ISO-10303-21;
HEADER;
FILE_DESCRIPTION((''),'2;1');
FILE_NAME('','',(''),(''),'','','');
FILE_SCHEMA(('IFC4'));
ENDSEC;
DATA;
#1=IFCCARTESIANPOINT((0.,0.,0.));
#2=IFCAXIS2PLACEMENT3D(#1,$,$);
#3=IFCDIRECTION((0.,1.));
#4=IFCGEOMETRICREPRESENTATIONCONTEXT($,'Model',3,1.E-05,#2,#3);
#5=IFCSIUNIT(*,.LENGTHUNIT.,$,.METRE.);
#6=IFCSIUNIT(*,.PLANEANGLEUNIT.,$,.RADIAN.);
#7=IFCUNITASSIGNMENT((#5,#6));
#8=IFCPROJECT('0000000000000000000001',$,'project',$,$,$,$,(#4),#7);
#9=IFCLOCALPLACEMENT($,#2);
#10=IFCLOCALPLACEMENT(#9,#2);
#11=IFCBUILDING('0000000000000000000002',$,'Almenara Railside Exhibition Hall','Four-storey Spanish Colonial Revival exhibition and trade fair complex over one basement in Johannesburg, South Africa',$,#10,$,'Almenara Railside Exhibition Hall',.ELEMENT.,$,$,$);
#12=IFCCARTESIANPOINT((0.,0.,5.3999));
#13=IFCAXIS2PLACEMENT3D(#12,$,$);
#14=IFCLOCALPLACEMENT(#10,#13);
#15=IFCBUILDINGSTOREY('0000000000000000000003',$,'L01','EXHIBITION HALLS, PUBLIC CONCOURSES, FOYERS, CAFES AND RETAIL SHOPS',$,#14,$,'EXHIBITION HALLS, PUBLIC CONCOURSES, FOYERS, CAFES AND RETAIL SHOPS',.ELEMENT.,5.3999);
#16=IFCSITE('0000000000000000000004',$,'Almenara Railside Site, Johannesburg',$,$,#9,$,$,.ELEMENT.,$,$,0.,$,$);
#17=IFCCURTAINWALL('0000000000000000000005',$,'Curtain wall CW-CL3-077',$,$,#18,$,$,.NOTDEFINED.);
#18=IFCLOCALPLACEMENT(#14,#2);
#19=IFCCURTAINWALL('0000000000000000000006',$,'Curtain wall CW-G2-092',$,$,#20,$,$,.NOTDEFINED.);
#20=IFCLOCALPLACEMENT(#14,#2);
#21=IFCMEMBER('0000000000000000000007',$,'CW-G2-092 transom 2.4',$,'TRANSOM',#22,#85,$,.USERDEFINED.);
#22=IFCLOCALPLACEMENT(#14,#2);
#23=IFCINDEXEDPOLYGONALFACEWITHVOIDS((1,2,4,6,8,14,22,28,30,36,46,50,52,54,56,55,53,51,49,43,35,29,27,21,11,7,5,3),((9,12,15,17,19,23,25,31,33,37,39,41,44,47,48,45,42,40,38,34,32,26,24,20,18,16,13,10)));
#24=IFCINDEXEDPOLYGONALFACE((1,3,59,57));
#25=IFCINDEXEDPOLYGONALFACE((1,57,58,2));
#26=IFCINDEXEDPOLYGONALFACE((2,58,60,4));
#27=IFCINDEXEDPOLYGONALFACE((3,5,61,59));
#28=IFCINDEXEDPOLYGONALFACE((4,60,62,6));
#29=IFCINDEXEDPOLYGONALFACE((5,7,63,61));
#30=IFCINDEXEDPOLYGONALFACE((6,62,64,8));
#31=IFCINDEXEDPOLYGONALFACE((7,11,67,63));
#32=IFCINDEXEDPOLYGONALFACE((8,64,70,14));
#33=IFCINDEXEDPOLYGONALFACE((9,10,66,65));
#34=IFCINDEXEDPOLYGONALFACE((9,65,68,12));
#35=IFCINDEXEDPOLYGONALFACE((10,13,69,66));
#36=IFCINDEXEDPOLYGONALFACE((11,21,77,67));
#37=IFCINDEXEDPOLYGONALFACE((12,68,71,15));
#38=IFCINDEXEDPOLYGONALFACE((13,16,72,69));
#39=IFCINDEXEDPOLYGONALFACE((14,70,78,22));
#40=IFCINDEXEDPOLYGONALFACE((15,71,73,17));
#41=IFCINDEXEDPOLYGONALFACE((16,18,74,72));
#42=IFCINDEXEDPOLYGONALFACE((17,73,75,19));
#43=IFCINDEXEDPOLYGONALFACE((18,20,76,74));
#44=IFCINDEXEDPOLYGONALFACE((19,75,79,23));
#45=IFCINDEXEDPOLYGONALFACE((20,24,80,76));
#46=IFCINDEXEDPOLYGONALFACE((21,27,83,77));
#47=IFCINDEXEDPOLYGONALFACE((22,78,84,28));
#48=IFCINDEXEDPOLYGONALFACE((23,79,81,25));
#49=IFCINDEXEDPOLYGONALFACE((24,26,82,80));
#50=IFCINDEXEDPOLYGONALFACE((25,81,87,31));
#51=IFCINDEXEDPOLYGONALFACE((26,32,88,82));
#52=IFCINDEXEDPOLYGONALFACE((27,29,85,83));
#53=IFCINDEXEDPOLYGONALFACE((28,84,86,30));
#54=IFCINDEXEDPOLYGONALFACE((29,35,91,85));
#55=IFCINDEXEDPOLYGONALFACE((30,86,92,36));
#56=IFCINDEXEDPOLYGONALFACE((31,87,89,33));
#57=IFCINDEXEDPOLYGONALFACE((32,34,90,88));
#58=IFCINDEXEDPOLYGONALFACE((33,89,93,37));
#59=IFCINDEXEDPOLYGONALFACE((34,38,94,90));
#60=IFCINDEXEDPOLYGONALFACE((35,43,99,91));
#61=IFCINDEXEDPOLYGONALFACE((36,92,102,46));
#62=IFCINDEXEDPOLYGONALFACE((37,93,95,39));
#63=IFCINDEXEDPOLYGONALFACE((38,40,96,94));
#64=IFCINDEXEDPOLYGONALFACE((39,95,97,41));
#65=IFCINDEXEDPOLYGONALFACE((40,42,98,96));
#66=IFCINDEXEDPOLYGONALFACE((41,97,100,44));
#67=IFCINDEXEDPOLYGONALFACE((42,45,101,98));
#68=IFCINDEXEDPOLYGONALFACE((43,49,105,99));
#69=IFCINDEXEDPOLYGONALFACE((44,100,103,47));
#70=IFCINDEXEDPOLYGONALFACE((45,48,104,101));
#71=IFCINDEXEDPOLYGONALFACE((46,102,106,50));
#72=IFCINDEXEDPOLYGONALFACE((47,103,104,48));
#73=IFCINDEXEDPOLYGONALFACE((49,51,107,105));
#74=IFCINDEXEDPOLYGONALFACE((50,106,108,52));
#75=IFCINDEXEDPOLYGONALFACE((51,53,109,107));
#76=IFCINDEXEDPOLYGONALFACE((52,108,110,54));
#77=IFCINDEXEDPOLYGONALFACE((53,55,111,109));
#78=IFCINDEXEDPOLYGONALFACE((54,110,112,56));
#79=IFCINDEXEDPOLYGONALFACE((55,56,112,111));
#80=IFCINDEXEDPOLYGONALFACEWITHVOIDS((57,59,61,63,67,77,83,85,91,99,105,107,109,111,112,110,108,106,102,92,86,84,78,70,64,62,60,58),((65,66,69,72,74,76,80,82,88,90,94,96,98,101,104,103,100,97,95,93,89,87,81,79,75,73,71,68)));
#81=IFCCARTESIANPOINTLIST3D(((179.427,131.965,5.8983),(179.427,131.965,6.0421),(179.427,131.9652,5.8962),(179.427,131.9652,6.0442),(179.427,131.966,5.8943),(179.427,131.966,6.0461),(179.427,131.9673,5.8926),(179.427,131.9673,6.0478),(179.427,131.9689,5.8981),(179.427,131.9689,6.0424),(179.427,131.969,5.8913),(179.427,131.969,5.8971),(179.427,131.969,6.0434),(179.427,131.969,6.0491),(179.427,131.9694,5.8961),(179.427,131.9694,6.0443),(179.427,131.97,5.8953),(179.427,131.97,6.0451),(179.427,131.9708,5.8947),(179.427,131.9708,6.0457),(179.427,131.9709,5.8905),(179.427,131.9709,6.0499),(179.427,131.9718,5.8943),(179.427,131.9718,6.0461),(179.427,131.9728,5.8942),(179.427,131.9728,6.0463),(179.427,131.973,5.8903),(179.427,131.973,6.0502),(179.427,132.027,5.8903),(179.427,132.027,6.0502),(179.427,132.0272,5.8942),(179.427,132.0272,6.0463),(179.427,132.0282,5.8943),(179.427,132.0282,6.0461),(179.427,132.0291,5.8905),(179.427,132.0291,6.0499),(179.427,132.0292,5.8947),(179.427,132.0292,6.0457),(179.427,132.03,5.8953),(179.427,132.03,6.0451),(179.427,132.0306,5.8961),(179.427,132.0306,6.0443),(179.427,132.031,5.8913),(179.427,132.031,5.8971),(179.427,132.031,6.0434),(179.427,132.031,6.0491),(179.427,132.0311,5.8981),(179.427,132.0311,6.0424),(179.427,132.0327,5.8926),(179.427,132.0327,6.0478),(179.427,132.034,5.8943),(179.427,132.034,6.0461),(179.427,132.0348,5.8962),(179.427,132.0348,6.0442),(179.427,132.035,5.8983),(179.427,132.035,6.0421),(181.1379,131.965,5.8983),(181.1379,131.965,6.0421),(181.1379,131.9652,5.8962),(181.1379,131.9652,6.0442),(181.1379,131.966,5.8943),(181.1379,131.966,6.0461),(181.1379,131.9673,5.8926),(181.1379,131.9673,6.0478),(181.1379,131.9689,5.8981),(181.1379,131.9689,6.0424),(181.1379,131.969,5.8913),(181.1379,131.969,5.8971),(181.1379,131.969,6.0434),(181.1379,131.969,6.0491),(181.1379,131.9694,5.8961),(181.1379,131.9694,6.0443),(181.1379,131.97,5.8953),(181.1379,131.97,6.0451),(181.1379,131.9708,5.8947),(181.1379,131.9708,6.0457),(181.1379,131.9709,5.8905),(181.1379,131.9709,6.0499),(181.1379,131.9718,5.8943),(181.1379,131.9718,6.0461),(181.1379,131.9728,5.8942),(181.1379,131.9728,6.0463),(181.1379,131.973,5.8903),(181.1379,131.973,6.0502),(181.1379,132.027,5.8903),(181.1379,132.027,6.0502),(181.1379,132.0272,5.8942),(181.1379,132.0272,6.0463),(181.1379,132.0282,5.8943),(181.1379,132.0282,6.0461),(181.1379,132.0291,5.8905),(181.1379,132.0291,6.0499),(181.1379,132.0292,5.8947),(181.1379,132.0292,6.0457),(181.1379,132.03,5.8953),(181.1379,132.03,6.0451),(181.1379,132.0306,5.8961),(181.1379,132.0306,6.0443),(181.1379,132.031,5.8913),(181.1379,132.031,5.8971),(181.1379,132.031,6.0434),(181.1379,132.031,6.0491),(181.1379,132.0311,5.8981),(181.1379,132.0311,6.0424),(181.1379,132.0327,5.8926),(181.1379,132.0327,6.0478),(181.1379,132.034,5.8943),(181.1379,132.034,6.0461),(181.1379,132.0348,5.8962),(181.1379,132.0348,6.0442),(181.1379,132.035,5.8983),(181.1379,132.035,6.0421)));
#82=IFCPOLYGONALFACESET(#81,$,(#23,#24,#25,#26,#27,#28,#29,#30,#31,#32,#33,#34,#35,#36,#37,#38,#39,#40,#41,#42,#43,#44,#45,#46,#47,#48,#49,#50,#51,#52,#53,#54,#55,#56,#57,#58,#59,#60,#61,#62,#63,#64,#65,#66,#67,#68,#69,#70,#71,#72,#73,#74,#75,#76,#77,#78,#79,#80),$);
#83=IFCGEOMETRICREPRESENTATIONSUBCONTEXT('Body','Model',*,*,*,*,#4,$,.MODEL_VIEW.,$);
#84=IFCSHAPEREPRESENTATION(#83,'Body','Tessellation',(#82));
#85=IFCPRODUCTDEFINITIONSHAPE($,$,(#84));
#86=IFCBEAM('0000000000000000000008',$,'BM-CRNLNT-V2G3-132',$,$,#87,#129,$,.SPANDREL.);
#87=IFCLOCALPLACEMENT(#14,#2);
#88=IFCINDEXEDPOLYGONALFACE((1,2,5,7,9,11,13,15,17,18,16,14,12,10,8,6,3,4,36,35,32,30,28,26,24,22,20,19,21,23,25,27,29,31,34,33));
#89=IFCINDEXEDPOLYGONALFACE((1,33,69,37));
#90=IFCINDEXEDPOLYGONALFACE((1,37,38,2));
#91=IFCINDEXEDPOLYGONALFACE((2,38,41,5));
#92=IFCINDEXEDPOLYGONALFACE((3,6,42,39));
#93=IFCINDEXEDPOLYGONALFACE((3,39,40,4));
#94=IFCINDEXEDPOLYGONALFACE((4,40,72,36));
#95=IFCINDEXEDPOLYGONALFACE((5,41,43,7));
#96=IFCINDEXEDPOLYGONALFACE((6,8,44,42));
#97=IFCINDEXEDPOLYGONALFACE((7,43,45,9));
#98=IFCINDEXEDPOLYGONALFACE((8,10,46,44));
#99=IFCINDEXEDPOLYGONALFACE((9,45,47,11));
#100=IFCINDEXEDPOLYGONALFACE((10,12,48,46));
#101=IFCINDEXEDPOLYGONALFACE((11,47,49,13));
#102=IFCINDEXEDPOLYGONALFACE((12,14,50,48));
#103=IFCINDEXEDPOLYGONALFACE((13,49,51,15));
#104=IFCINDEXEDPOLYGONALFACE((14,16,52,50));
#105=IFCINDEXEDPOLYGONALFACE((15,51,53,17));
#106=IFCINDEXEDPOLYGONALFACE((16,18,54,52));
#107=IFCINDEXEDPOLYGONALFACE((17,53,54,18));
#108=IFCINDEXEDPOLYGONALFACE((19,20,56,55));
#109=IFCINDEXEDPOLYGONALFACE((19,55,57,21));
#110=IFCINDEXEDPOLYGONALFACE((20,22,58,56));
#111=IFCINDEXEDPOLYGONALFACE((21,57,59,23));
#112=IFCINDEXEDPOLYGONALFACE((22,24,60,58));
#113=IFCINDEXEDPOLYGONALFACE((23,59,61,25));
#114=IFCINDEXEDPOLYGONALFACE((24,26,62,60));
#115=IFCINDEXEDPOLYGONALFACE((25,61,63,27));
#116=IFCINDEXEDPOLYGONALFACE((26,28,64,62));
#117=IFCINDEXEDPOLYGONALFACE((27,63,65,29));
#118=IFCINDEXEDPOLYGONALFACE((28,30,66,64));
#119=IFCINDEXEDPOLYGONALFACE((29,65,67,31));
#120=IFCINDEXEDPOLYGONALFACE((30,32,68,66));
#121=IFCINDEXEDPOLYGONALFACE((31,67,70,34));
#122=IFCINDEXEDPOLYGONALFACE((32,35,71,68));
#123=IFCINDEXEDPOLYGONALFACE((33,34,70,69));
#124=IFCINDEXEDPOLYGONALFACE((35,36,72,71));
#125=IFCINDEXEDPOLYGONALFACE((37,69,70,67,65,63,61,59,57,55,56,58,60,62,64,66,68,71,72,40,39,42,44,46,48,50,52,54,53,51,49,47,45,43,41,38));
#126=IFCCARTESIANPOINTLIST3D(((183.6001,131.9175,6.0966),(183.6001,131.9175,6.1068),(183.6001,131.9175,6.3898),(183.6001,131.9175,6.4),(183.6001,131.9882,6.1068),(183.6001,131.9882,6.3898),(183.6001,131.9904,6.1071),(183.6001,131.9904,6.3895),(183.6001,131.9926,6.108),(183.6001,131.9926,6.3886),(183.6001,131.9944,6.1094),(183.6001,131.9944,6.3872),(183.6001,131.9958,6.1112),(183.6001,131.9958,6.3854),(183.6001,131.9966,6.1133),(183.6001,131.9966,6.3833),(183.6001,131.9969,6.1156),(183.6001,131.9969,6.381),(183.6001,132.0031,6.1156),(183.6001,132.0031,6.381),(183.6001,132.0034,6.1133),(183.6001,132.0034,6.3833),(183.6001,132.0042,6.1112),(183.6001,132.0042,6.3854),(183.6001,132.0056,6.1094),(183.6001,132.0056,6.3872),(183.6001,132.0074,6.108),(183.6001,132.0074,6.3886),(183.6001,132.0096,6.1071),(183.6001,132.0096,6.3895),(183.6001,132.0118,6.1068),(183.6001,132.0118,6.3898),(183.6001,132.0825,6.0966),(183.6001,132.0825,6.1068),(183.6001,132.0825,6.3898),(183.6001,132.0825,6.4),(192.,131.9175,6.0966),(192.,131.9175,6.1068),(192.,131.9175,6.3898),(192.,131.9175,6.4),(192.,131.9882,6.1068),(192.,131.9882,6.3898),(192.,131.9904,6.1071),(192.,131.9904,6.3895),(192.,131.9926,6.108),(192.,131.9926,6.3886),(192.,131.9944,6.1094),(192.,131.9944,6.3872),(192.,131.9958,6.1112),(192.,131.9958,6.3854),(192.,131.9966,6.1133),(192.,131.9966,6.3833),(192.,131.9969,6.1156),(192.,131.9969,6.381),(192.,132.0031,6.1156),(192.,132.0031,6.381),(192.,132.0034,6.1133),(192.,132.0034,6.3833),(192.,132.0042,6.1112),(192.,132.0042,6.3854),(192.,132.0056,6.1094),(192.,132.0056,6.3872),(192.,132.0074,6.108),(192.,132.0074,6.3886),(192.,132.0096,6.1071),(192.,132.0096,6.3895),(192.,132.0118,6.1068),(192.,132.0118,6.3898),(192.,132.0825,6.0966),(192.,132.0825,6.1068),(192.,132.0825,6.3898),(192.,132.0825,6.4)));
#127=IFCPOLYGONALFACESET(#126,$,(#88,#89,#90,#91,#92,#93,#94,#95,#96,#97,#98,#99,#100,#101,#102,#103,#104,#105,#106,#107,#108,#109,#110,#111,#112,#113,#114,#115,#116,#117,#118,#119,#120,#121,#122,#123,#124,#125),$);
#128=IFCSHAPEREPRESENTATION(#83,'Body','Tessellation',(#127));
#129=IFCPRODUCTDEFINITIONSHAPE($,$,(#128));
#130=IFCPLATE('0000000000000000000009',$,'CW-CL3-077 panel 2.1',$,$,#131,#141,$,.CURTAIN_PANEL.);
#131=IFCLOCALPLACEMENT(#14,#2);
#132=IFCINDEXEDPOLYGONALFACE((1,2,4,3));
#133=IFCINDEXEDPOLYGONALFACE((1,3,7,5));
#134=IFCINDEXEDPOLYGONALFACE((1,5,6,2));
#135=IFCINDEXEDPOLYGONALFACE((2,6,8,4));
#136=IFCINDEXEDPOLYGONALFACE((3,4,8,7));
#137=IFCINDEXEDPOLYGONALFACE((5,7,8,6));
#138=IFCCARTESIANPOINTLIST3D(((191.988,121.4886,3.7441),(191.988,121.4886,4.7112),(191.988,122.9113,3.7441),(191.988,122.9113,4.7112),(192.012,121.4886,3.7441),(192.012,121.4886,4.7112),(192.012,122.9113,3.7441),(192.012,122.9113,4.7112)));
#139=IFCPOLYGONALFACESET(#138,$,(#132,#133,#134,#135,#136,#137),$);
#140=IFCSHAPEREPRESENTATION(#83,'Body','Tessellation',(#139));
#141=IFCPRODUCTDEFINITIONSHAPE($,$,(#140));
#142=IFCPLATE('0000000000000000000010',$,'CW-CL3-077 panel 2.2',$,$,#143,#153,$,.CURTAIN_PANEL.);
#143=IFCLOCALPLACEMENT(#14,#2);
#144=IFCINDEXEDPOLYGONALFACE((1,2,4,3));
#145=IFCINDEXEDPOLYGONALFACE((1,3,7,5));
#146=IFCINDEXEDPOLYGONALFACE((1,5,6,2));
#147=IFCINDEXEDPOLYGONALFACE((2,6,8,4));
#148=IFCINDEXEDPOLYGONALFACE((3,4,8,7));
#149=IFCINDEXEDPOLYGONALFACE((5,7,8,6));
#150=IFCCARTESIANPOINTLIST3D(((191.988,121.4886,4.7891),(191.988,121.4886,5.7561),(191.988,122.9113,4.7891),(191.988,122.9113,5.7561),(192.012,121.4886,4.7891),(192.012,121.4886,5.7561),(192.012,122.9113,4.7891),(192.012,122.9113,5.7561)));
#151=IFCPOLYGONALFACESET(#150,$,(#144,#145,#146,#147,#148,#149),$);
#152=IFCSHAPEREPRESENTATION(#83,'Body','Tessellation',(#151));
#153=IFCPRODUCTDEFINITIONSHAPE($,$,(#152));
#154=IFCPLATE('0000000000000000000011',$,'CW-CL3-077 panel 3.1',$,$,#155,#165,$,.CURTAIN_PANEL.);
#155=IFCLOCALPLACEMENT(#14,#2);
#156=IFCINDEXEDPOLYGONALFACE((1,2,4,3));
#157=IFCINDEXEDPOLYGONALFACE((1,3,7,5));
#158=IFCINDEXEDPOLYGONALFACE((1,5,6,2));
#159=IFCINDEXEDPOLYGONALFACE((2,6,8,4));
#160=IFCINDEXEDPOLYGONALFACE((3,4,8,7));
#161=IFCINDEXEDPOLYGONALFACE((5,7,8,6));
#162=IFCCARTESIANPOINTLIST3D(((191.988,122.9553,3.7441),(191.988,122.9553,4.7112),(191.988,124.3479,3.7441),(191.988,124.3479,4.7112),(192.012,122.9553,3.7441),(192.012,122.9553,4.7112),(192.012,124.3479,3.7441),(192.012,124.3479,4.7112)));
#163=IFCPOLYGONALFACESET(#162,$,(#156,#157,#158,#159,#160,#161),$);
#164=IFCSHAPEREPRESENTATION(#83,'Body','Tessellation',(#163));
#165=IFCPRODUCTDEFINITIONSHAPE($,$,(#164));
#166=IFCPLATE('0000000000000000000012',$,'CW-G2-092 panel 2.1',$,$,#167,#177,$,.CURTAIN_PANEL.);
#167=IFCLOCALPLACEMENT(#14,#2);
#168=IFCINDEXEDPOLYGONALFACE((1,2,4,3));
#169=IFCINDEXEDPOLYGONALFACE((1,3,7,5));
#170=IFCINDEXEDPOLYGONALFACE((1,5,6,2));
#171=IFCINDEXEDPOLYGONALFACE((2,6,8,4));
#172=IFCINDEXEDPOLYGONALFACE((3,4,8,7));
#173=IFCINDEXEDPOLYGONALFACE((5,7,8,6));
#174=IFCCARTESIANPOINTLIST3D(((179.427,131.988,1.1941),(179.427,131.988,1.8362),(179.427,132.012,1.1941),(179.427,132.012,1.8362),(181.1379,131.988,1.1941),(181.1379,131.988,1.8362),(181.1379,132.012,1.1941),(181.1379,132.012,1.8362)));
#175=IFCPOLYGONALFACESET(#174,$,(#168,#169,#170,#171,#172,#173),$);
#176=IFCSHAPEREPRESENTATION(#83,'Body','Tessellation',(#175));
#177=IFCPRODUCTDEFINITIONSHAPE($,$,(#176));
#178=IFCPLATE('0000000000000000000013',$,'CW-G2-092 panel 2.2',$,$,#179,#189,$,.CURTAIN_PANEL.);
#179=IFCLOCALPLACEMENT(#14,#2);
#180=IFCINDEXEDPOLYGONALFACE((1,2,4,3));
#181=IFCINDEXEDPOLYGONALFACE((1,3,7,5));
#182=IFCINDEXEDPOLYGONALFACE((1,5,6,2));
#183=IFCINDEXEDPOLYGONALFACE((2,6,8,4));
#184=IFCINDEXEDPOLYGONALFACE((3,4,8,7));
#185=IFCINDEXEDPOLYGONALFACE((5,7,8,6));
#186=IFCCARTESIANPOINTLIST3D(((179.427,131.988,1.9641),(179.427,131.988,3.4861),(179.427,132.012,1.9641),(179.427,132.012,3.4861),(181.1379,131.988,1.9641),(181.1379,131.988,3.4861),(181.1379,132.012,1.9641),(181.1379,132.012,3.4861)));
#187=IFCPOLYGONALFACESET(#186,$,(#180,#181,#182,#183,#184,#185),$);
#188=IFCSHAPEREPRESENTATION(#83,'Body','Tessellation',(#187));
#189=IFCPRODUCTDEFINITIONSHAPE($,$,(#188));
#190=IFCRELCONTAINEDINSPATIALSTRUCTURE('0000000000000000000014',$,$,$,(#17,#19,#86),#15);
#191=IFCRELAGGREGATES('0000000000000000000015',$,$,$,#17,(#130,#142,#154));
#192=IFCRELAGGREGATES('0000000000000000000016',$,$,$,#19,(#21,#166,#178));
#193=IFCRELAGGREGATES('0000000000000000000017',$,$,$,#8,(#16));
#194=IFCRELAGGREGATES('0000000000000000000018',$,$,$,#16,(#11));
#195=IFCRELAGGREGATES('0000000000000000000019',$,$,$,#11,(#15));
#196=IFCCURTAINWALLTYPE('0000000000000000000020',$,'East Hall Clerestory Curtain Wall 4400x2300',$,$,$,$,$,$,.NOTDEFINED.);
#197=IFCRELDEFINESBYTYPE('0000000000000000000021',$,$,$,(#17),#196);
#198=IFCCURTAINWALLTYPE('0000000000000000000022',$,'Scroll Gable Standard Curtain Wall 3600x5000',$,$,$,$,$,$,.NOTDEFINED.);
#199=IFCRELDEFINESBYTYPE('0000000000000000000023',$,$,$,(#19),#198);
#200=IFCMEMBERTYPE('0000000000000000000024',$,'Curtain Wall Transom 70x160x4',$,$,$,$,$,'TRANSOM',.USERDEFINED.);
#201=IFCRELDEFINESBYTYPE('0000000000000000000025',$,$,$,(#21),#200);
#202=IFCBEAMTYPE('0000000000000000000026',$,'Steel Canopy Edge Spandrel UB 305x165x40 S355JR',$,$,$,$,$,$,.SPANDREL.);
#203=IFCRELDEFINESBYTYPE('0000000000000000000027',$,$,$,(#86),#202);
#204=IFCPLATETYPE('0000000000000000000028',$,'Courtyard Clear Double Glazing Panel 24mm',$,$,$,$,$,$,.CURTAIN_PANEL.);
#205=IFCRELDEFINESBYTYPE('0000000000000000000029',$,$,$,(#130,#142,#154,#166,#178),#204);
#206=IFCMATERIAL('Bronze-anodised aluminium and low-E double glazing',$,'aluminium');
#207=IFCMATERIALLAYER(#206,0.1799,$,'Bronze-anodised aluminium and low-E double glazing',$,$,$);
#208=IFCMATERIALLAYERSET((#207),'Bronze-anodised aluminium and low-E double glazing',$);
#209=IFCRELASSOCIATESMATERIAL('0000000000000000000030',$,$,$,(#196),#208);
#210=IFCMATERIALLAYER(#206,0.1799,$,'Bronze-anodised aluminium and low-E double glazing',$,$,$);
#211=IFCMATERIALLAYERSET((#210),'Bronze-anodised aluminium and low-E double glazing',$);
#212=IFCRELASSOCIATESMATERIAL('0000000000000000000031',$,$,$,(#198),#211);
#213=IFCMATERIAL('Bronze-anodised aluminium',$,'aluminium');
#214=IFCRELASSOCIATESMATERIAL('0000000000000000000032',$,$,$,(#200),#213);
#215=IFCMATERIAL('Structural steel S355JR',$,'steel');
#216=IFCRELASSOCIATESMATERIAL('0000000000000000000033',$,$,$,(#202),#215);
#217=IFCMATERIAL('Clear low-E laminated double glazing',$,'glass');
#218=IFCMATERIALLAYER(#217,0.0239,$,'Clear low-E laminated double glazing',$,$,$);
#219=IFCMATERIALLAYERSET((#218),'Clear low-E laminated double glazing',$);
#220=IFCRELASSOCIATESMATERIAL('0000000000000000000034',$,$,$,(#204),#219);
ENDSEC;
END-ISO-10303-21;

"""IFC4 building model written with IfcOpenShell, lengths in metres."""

from ifc_helpers import new_model, si_unit, direction, frame, origin, origin_2d, place, context, subcontext, project, spatial, rectangle, hollow_rectangle, i_section, extrude, material, layer, layer_set, material_profile, profile_set, type_object, element, aggregate, save


model = new_model("IFC4")

# Units and contexts
model_context = context("Model", 3, precision=1e-05, world=origin(), true_north=direction((0.0, 1.0)))
body_context = subcontext(model_context, "Body", "Model", "MODEL_VIEW")
ifc_project = project(units=[si_unit("LENGTHUNIT", "METRE"), si_unit("PLANEANGLEUNIT", "RADIAN")], contexts=[model_context])

# Site, building, storey
site_placement = place(None, origin())
site = spatial("IfcSite", under=ifc_project, at=site_placement, Name="Almenara Railside Site, Johannesburg", CompositionType="ELEMENT", RefElevation=0.0)
building_placement = place(site_placement, origin())
building = spatial("IfcBuilding", under=site, at=building_placement, Name="Almenara Railside Exhibition Hall", Description="Four-storey Spanish Colonial Revival exhibition and trade fair complex over one basement in Johannesburg, South Africa", LongName="Almenara Railside Exhibition Hall", CompositionType="ELEMENT")
storey_placement = place(building_placement, frame((0.0, 0.0, 5.3999)))
storey = spatial("IfcBuildingStorey", under=building, at=storey_placement, Name="L01", Description="EXHIBITION HALLS, PUBLIC CONCOURSES, FOYERS, CAFES AND RETAIL SHOPS", LongName="EXHIBITION HALLS, PUBLIC CONCOURSES, FOYERS, CAFES AND RETAIL SHOPS", CompositionType="ELEMENT", Elevation=5.3999)

# Shared definitions
ifc_material_1 = material(Name="Structural steel S355JR", Category="steel")

# Curtain wall
ifc_material_2 = material(Name="Bronze-anodised aluminium and low-E double glazing", Category="aluminium")
ifc_layer_1 = layer(ifc_material_2, 0.1799, Name="Bronze-anodised aluminium and low-E double glazing")
ifc_layer_set_1 = layer_set([ifc_layer_1], Name="Bronze-anodised aluminium and low-E double glazing")
curtain_wall_type_1 = type_object("IfcCurtainWallType", Name="East Hall Clerestory Curtain Wall 4400x2300", PredefinedType="NOTDEFINED", material=ifc_layer_set_1)
curtain_wall_1_placement = place(storey_placement, origin())
curtain_wall_1 = element("IfcCurtainWall", 1, at=curtain_wall_1_placement, inside=storey, type_object=curtain_wall_type_1, Name="Curtain wall CW-CL3-077", PredefinedType="NOTDEFINED")
ifc_material_3 = material(Name="Bronze-anodised aluminium", Category="aluminium")

# Curtain wall
ifc_layer_2 = layer(ifc_material_2, 0.1799, Name="Bronze-anodised aluminium and low-E double glazing")
ifc_layer_set_2 = layer_set([ifc_layer_2], Name="Bronze-anodised aluminium and low-E double glazing")
curtain_wall_type_2 = type_object("IfcCurtainWallType", Name="Scroll Gable Standard Curtain Wall 3600x5000", PredefinedType="NOTDEFINED", material=ifc_layer_set_2)
curtain_wall_2_placement = place(storey_placement, origin())
curtain_wall_2 = element("IfcCurtainWall", 2, at=curtain_wall_2_placement, inside=storey, type_object=curtain_wall_type_2, Name="Curtain wall CW-G2-092", PredefinedType="NOTDEFINED")

# Member
ifc_material_profile_1 = material_profile(ifc_material_3, hollow_rectangle(XDim=0.0701, YDim=0.1599, WallThickness=0.0039, InnerFilletRadius=0.0039, OuterFilletRadius=0.0081, at=origin_2d()), Name="ALU-TRN 70x160x4")
ifc_profile_set_1 = profile_set([ifc_material_profile_1], Name="Bronze-anodised aluminium")
member_type_1 = type_object("IfcMemberType", Name="Curtain Wall Transom 70x160x4", ElementType="TRANSOM", PredefinedType="USERDEFINED", material=ifc_profile_set_1)
member_1_placement = place(storey_placement, frame((179.427, 132.0, 5.9702), z_axis=(1.0, 0.0, 0.0), x_axis=(0.0, 1.0, 0.0)))
member_1 = element("IfcMember", 3, at=member_1_placement, type_object=member_type_1, Name="CW-G2-092 transom 2.4", ObjectType="TRANSOM", PredefinedType="USERDEFINED", context=body_context, shape_type="SweptSolid", body=[
    extrude(hollow_rectangle(XDim=0.0701, YDim=0.1599, WallThickness=0.0039, InnerFilletRadius=0.0039, OuterFilletRadius=0.0081, at=origin_2d()), origin(), (0.0, 0.0, 1.0), 1.7109),
])

# Beam
ifc_material_profile_2 = material_profile(ifc_material_1, i_section(OverallWidth=0.165, OverallDepth=0.3035, WebThickness=0.0061, FlangeThickness=0.0103, FilletRadius=0.0088, at=origin_2d()), Name="UB 305x165x40")
ifc_profile_set_2 = profile_set([ifc_material_profile_2], Name="Structural steel S355JR")
beam_type = type_object("IfcBeamType", Name="Steel Canopy Edge Spandrel UB 305x165x40 S355JR", PredefinedType="SPANDREL", material=ifc_profile_set_2)
beam_placement = place(storey_placement, frame((183.6001, 132.0, 6.2483), z_axis=(1.0, 0.0, 0.0), x_axis=(0.0, 1.0, 0.0)))
element("IfcBeam", 4, at=beam_placement, inside=storey, type_object=beam_type, Name="BM-CRNLNT-V2G3-132", PredefinedType="SPANDREL", context=body_context, shape_type="SweptSolid", body=[
    extrude(i_section(OverallWidth=0.165, OverallDepth=0.3035, WebThickness=0.0061, FlangeThickness=0.0103, FilletRadius=0.0088, at=origin_2d()), origin(), (0.0, 0.0, 1.0), 8.3999),
])

# Plates
ifc_material_4 = material(Name="Clear low-E laminated double glazing", Category="glass")
ifc_layer_3 = layer(ifc_material_4, 0.0239, Name="Clear low-E laminated double glazing")
ifc_layer_set_3 = layer_set([ifc_layer_3], Name="Clear low-E laminated double glazing")
plate_type = type_object("IfcPlateType", Name="Courtyard Clear Double Glazing Panel 24mm", PredefinedType="CURTAIN_PANEL", material=ifc_layer_set_3)
plate_1_placement = place(storey_placement, frame((192.0, 122.2, 3.7441), z_axis=(0.0, 0.0, 1.0), x_axis=(0.0, 1.0, 0.0)))
plate_1 = element("IfcPlate", 5, at=plate_1_placement, type_object=plate_type, Name="CW-CL3-077 panel 2.1", PredefinedType="CURTAIN_PANEL", context=body_context, shape_type="SweptSolid", body=[
    extrude(rectangle(XDim=1.4226, YDim=0.0239, at=origin_2d()), origin(), (0.0, 0.0, 1.0), 0.967),
])
plate_2_placement = place(storey_placement, frame((192.0, 122.2, 4.7891), z_axis=(0.0, 0.0, 1.0), x_axis=(0.0, 1.0, 0.0)))
plate_2 = element("IfcPlate", 6, at=plate_2_placement, type_object=plate_type, Name="CW-CL3-077 panel 2.2", PredefinedType="CURTAIN_PANEL", context=body_context, shape_type="SweptSolid", body=[
    extrude(rectangle(XDim=1.4226, YDim=0.0239, at=origin_2d()), origin(), (0.0, 0.0, 1.0), 0.967),
])
plate_3_placement = place(storey_placement, frame((192.0, 123.6516, 3.7441), z_axis=(0.0, 0.0, 1.0), x_axis=(0.0, 1.0, 0.0)))
plate_3 = element("IfcPlate", 7, at=plate_3_placement, type_object=plate_type, Name="CW-CL3-077 panel 3.1", PredefinedType="CURTAIN_PANEL", context=body_context, shape_type="SweptSolid", body=[
    extrude(rectangle(XDim=1.3926, YDim=0.0239, at=origin_2d()), origin(), (0.0, 0.0, 1.0), 0.967),
])
aggregate(curtain_wall_1, [plate_1, plate_2, plate_3])
plate_4_placement = place(storey_placement, frame((180.2825, 132.0, 1.1941), z_axis=(0.0, 0.0, 1.0), x_axis=(1.0, 0.0, 0.0)))
plate_4 = element("IfcPlate", 8, at=plate_4_placement, type_object=plate_type, Name="CW-G2-092 panel 2.1", PredefinedType="CURTAIN_PANEL", context=body_context, shape_type="SweptSolid", body=[
    extrude(rectangle(XDim=1.7109, YDim=0.0239, at=origin_2d()), origin(), (0.0, 0.0, 1.0), 0.6421),
])
plate_5_placement = place(storey_placement, frame((180.2825, 132.0, 1.9641), z_axis=(0.0, 0.0, 1.0), x_axis=(1.0, 0.0, 0.0)))
plate_5 = element("IfcPlate", 9, at=plate_5_placement, type_object=plate_type, Name="CW-G2-092 panel 2.2", PredefinedType="CURTAIN_PANEL", context=body_context, shape_type="SweptSolid", body=[
    extrude(rectangle(XDim=1.7109, YDim=0.0239, at=origin_2d()), origin(), (0.0, 0.0, 1.0), 1.522),
])
aggregate(curtain_wall_2, [member_1, plate_4, plate_5])

save(model, "model.ifc")
